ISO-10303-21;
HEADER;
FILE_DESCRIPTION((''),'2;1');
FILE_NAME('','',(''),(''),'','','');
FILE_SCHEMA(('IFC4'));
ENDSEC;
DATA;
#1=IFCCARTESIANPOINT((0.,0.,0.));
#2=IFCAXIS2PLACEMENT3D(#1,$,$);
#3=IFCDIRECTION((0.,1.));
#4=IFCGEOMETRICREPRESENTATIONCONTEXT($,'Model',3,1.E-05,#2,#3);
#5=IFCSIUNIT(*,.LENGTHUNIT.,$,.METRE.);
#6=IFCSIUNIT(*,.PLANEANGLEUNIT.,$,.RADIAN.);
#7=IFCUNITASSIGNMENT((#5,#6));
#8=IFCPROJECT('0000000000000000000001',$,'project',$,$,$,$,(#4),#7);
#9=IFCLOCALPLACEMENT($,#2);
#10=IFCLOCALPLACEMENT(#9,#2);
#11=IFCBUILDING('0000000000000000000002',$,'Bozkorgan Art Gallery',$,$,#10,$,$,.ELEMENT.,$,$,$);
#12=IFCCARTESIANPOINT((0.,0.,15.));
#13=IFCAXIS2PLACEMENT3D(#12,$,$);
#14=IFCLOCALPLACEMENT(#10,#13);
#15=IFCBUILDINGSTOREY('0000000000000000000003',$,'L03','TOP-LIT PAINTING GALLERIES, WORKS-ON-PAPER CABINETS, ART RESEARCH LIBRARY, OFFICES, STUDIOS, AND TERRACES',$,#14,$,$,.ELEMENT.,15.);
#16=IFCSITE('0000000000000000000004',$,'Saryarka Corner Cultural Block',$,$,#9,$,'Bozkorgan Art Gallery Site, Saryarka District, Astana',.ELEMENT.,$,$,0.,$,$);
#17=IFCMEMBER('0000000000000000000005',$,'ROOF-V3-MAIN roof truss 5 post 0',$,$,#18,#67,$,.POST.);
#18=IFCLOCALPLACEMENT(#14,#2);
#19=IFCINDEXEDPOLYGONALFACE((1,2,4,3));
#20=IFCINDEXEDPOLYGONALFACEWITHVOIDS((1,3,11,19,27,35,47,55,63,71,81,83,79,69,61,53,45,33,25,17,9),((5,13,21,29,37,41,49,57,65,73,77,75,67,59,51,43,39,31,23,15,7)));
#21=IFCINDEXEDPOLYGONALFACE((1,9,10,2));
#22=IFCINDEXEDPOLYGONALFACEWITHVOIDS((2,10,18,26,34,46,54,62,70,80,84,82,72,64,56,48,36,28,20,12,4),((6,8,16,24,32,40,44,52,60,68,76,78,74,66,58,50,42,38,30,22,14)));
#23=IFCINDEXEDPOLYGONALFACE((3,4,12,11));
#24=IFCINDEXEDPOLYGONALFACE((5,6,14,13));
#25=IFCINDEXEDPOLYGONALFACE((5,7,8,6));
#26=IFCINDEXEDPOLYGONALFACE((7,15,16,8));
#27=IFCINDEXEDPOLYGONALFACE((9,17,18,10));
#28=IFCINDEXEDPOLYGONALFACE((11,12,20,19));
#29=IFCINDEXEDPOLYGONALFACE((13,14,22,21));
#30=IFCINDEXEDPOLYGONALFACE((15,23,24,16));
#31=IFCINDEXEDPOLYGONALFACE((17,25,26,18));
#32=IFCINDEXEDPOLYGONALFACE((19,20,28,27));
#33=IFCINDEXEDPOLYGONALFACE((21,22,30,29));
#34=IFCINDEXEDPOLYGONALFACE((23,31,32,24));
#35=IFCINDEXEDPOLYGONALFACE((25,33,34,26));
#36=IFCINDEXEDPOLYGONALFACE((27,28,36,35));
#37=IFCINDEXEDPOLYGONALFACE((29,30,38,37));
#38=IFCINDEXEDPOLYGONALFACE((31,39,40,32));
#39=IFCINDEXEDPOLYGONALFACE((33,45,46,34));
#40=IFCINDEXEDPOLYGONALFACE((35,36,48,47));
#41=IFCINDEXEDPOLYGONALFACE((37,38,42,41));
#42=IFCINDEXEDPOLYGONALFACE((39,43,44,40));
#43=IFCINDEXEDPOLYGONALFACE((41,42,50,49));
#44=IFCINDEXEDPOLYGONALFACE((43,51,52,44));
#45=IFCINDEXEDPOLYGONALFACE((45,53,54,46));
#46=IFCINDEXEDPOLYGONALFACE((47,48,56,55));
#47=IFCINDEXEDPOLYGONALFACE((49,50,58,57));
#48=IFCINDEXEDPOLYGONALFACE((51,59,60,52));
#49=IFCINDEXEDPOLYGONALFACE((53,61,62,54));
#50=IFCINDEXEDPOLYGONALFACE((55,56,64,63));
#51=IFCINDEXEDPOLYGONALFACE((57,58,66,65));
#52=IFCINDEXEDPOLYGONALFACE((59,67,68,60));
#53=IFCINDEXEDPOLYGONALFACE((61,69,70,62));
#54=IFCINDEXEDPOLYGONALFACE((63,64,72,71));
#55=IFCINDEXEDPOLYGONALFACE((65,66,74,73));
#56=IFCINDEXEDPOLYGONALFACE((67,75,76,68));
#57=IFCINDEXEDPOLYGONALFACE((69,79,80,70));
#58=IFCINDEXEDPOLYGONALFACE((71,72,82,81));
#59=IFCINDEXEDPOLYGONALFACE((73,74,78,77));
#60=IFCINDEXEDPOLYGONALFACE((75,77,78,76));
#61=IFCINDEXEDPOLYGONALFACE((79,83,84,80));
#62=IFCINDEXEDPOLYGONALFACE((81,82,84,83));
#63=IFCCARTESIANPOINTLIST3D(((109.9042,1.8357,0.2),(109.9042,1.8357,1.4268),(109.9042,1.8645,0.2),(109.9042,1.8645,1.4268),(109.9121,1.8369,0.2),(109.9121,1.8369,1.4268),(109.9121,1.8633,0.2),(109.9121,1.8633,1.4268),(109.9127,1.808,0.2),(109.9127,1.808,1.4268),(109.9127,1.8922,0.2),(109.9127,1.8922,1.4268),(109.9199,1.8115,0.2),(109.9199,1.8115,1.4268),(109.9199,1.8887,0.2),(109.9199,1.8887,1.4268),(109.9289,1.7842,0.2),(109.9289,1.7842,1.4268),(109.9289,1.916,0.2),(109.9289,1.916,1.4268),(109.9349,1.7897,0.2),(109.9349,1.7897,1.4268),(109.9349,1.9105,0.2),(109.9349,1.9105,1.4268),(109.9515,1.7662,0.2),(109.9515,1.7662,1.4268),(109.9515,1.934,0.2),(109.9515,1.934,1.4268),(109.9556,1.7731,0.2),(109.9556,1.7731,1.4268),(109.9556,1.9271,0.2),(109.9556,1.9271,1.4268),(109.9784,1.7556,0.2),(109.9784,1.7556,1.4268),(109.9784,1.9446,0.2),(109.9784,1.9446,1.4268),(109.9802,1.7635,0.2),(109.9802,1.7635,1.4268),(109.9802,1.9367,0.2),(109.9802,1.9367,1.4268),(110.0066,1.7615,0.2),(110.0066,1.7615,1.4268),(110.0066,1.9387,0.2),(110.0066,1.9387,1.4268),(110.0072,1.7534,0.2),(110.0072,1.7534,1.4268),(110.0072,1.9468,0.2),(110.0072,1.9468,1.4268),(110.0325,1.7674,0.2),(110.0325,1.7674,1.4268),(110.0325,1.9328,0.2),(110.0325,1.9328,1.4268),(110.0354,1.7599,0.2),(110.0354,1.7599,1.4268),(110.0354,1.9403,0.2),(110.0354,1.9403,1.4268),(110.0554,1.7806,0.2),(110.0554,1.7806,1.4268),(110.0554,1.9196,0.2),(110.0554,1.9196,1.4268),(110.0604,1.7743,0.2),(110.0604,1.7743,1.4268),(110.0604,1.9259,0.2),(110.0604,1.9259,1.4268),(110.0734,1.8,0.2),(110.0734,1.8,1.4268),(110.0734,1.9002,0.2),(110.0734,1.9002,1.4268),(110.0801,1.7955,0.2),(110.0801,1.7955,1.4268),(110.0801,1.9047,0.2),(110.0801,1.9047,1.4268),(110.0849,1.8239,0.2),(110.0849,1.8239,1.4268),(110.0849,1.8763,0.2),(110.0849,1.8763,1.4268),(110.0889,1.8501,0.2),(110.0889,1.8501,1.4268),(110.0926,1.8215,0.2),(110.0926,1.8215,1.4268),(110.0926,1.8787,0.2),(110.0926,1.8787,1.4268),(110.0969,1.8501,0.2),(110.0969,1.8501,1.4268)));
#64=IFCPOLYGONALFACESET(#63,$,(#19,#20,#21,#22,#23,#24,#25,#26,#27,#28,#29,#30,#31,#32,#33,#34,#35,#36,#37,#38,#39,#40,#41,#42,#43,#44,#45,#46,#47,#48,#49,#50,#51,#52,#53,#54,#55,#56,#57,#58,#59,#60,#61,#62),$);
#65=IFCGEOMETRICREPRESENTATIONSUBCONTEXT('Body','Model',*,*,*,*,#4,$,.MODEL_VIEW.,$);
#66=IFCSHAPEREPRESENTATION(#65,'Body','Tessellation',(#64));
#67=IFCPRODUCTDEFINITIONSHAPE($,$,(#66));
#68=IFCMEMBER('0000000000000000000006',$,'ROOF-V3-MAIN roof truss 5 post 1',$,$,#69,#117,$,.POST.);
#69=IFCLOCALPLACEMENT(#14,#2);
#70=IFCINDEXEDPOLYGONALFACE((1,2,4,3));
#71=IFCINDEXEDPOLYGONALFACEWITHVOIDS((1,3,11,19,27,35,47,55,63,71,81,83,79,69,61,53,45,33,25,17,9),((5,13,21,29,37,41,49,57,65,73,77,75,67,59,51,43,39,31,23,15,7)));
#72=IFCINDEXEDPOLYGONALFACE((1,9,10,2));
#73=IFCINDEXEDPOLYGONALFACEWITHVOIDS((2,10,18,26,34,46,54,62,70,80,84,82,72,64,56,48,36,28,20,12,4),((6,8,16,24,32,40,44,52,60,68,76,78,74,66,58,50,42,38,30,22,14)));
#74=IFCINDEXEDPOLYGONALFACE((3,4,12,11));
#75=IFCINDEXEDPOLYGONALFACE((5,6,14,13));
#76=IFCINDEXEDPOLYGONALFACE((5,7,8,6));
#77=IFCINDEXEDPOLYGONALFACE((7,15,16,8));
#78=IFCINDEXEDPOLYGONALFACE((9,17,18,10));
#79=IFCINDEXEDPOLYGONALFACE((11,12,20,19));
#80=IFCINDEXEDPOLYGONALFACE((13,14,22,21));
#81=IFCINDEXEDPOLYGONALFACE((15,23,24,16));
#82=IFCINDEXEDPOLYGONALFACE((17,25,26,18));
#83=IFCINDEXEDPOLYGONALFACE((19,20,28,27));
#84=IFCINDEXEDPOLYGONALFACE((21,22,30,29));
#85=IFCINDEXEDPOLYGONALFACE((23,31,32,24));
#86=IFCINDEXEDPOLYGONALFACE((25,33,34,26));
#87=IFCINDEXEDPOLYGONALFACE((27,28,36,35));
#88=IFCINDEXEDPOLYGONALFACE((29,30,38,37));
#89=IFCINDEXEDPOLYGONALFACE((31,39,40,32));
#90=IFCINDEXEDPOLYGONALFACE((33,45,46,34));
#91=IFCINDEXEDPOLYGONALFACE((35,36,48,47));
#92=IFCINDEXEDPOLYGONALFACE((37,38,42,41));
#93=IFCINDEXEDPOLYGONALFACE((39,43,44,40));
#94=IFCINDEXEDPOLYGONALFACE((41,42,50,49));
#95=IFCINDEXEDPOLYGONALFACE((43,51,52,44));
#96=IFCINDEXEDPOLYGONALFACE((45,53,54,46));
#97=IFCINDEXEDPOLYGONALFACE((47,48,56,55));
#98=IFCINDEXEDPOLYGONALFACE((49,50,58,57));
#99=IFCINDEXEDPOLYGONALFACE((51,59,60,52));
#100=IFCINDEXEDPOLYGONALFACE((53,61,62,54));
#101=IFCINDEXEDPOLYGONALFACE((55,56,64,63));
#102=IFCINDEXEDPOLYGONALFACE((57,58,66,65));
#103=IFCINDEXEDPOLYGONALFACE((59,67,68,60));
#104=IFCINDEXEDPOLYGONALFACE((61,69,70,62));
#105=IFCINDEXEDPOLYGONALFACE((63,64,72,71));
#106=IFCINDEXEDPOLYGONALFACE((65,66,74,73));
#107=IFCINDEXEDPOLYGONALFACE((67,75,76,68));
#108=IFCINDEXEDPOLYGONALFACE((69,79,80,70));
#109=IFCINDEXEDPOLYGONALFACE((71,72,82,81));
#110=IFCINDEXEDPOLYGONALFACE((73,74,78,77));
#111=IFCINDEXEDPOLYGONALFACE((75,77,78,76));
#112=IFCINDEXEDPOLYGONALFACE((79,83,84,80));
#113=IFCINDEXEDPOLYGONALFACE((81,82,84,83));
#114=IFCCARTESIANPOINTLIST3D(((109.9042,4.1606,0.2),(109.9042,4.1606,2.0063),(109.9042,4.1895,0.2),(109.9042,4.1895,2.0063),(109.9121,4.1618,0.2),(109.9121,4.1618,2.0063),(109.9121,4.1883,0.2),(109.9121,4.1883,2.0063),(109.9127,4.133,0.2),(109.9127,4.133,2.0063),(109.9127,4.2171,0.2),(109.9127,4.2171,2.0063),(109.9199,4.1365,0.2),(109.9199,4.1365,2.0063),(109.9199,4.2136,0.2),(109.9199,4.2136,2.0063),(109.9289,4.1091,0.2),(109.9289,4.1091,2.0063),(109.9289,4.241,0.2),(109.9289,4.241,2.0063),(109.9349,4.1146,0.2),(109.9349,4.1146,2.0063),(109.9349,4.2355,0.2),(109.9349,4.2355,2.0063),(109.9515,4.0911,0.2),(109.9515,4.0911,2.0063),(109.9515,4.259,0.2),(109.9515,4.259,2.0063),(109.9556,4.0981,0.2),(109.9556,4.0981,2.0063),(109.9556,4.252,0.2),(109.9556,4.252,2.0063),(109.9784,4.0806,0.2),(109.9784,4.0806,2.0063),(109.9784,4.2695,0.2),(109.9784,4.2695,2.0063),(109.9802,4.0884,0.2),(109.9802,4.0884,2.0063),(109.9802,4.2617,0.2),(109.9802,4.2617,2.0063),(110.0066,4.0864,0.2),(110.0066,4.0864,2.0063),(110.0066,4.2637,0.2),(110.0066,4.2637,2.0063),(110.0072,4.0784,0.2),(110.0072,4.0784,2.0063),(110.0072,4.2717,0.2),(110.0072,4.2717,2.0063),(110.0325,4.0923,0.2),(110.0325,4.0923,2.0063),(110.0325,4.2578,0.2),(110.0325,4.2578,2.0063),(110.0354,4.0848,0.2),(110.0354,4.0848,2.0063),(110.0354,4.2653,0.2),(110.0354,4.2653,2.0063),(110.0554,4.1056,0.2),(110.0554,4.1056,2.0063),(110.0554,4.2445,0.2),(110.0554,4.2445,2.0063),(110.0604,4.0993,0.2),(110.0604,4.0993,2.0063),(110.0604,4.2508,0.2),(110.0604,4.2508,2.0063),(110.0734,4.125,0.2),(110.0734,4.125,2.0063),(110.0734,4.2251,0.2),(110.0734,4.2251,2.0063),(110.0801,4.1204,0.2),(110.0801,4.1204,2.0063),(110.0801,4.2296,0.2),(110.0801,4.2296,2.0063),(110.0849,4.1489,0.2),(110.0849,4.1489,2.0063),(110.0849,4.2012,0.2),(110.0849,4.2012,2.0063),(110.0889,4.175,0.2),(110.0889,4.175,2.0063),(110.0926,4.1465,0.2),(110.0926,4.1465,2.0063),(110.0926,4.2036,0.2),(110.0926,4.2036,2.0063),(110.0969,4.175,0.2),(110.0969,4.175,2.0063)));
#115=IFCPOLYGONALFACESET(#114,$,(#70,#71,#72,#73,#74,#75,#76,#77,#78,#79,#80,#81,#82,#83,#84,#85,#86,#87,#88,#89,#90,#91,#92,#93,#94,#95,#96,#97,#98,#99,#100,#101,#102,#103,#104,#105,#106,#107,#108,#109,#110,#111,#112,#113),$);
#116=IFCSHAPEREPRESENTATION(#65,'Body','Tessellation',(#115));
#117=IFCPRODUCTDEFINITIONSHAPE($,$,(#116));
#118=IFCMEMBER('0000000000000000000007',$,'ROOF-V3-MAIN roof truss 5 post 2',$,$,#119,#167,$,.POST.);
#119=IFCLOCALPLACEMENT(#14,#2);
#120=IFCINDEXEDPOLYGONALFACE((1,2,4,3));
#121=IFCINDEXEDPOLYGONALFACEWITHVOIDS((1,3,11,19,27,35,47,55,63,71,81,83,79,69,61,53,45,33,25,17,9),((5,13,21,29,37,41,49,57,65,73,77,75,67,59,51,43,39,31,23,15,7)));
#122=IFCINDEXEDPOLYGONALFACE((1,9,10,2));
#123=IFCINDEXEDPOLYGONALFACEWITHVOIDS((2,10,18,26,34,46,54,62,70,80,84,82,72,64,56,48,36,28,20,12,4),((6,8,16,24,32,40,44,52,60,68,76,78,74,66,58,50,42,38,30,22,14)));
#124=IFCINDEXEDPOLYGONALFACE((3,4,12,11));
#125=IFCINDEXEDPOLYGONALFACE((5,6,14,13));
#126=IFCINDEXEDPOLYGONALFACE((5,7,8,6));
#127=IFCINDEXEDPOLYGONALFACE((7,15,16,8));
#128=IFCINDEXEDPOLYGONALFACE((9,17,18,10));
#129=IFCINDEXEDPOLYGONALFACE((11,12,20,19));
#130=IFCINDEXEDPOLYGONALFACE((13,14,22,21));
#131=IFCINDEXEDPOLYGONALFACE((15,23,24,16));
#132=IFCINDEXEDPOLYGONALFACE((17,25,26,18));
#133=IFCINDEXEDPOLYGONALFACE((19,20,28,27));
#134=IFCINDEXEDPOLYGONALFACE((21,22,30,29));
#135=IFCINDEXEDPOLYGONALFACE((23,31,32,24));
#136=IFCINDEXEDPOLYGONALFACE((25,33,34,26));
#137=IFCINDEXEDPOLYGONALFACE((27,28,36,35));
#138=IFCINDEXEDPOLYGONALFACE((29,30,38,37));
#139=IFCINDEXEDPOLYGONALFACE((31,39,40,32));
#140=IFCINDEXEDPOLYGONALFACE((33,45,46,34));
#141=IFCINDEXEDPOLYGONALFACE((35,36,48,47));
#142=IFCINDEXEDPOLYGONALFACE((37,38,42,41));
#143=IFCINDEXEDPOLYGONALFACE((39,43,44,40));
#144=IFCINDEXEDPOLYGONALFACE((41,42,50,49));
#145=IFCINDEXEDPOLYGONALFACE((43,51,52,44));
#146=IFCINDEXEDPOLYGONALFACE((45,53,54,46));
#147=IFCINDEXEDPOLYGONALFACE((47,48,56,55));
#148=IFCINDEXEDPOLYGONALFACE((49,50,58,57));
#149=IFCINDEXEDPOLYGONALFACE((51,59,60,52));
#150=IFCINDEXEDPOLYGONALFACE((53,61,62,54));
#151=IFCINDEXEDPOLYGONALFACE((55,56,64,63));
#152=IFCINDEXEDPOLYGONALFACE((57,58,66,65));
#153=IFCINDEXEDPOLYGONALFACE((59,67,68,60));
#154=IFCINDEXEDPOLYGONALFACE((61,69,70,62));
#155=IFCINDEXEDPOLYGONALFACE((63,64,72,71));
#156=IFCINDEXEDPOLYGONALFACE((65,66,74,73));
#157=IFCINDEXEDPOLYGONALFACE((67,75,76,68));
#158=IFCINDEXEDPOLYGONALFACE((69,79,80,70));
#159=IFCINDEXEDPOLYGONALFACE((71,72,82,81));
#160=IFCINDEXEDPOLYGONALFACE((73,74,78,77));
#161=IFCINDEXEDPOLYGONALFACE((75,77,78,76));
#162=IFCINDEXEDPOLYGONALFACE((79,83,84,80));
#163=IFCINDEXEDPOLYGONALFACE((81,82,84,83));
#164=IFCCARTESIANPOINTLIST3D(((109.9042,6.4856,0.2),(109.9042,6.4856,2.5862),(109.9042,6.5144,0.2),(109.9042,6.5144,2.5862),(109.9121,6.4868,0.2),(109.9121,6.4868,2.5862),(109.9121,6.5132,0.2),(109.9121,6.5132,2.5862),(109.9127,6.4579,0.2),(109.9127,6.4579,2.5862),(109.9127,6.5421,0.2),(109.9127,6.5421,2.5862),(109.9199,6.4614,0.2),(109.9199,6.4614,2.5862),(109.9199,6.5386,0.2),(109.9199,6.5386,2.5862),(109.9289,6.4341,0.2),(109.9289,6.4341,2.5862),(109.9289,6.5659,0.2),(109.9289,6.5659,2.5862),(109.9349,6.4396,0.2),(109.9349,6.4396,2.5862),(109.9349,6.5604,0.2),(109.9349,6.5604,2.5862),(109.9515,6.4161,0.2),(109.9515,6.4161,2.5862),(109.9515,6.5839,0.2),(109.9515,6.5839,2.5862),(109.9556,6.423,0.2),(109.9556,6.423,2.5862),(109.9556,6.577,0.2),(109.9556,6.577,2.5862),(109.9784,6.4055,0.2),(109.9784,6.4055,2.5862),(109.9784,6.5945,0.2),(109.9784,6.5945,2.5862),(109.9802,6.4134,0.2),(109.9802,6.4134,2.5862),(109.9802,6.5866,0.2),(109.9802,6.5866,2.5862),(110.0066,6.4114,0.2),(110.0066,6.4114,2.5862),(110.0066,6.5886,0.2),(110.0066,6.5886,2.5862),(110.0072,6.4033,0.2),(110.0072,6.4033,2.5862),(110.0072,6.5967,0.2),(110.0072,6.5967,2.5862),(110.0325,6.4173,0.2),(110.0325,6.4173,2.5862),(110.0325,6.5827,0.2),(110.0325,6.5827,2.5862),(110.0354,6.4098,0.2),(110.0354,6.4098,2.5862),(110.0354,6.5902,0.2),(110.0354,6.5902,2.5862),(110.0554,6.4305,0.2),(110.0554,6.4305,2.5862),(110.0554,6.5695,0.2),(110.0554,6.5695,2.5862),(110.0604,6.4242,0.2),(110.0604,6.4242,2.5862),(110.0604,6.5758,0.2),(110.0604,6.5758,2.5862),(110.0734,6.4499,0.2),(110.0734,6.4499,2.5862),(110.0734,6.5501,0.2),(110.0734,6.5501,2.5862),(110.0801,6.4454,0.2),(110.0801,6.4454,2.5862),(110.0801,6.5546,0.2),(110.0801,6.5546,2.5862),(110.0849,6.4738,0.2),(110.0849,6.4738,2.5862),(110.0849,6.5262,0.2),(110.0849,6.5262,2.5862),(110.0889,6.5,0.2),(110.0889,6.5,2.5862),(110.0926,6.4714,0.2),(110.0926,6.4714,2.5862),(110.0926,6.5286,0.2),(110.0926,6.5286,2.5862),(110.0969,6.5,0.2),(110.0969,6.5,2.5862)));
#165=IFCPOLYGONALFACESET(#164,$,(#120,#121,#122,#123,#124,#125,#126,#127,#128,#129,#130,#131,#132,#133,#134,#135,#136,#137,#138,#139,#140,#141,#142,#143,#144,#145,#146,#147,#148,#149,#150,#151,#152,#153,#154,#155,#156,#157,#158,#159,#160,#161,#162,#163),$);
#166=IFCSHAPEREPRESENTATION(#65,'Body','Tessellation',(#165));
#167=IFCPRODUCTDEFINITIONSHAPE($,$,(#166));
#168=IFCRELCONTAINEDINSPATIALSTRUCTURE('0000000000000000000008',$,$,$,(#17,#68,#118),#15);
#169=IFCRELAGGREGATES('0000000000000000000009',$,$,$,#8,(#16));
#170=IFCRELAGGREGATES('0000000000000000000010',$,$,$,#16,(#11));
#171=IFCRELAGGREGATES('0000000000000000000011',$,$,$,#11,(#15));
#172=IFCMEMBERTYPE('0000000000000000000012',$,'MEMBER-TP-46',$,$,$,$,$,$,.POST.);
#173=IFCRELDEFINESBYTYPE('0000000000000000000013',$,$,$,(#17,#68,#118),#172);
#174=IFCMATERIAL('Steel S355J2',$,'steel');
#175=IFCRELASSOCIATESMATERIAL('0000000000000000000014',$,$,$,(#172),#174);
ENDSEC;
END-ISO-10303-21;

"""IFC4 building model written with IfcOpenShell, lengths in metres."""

from ifc_helpers import new_model, si_unit, direction, frame, origin, origin_2d, place, context, subcontext, project, spatial, hollow_circle, extrude, material, material_profile, profile_set, type_object, element, save


model = new_model("IFC4")

# Units and contexts
model_context = context("Model", 3, precision=1e-05, world=origin(), true_north=direction((0.0, 1.0)))
body_context = subcontext(model_context, "Body", "Model", "MODEL_VIEW")
ifc_project = project(units=[si_unit("LENGTHUNIT", "METRE"), si_unit("PLANEANGLEUNIT", "RADIAN")], contexts=[model_context])

# Site, building, storey
site_placement = place(None, origin())
site = spatial("IfcSite", under=ifc_project, at=site_placement, Name="Saryarka Corner Cultural Block", LongName="Bozkorgan Art Gallery Site, Saryarka District, Astana", CompositionType="ELEMENT", RefElevation=0.0)
building_placement = place(site_placement, origin())
building = spatial("IfcBuilding", under=site, at=building_placement, Name="Bozkorgan Art Gallery", CompositionType="ELEMENT")
storey_placement = place(building_placement, frame((0.0, 0.0, 15.0)))
storey = spatial("IfcBuildingStorey", under=building, at=storey_placement, Name="L03", Description="TOP-LIT PAINTING GALLERIES, WORKS-ON-PAPER CABINETS, ART RESEARCH LIBRARY, OFFICES, STUDIOS, AND TERRACES", CompositionType="ELEMENT", Elevation=15.0)

# Shared definitions
ifc_material_1 = material(Name="Steel S355J2", Category="steel")

# Members
ifc_material_profile_1 = material_profile(ifc_material_1, hollow_circle(Radius=0.0969, WallThickness=0.0081, at=origin_2d()), Name="CHS 193.7x8")
ifc_profile_set_1 = profile_set([ifc_material_profile_1], Name="Steel S355J2")
member_type_1 = type_object("IfcMemberType", Name="MEMBER-TP-46", PredefinedType="POST", material=ifc_profile_set_1)
member_1_placement = place(storey_placement, frame((110.0, 1.8501, 0.2), z_axis=(0.0, 0.0, 1.0), x_axis=(1.0, 0.0, 0.0)))
element("IfcMember", 1, at=member_1_placement, inside=storey, type_object=member_type_1, Name="ROOF-V3-MAIN roof truss 5 post 0", PredefinedType="POST", context=body_context, shape_type="SweptSolid", body=[
    extrude(hollow_circle(Radius=0.0969, WallThickness=0.0081, at=origin_2d()), origin(), (0.0, 0.0, 1.0), 1.2268),
])
member_2_placement = place(storey_placement, frame((110.0, 4.175, 0.2), z_axis=(0.0, 0.0, 1.0), x_axis=(1.0, 0.0, 0.0)))
element("IfcMember", 2, at=member_2_placement, inside=storey, type_object=member_type_1, Name="ROOF-V3-MAIN roof truss 5 post 1", PredefinedType="POST", context=body_context, shape_type="SweptSolid", body=[
    extrude(hollow_circle(Radius=0.0969, WallThickness=0.0081, at=origin_2d()), origin(), (0.0, 0.0, 1.0), 1.8064),
])
member_3_placement = place(storey_placement, frame((110.0, 6.5, 0.2), z_axis=(0.0, 0.0, 1.0), x_axis=(1.0, 0.0, 0.0)))
element("IfcMember", 3, at=member_3_placement, inside=storey, type_object=member_type_1, Name="ROOF-V3-MAIN roof truss 5 post 2", PredefinedType="POST", context=body_context, shape_type="SweptSolid", body=[
    extrude(hollow_circle(Radius=0.0969, WallThickness=0.0081, at=origin_2d()), origin(), (0.0, 0.0, 1.0), 2.3862),
])

save(model, "model.ifc")
